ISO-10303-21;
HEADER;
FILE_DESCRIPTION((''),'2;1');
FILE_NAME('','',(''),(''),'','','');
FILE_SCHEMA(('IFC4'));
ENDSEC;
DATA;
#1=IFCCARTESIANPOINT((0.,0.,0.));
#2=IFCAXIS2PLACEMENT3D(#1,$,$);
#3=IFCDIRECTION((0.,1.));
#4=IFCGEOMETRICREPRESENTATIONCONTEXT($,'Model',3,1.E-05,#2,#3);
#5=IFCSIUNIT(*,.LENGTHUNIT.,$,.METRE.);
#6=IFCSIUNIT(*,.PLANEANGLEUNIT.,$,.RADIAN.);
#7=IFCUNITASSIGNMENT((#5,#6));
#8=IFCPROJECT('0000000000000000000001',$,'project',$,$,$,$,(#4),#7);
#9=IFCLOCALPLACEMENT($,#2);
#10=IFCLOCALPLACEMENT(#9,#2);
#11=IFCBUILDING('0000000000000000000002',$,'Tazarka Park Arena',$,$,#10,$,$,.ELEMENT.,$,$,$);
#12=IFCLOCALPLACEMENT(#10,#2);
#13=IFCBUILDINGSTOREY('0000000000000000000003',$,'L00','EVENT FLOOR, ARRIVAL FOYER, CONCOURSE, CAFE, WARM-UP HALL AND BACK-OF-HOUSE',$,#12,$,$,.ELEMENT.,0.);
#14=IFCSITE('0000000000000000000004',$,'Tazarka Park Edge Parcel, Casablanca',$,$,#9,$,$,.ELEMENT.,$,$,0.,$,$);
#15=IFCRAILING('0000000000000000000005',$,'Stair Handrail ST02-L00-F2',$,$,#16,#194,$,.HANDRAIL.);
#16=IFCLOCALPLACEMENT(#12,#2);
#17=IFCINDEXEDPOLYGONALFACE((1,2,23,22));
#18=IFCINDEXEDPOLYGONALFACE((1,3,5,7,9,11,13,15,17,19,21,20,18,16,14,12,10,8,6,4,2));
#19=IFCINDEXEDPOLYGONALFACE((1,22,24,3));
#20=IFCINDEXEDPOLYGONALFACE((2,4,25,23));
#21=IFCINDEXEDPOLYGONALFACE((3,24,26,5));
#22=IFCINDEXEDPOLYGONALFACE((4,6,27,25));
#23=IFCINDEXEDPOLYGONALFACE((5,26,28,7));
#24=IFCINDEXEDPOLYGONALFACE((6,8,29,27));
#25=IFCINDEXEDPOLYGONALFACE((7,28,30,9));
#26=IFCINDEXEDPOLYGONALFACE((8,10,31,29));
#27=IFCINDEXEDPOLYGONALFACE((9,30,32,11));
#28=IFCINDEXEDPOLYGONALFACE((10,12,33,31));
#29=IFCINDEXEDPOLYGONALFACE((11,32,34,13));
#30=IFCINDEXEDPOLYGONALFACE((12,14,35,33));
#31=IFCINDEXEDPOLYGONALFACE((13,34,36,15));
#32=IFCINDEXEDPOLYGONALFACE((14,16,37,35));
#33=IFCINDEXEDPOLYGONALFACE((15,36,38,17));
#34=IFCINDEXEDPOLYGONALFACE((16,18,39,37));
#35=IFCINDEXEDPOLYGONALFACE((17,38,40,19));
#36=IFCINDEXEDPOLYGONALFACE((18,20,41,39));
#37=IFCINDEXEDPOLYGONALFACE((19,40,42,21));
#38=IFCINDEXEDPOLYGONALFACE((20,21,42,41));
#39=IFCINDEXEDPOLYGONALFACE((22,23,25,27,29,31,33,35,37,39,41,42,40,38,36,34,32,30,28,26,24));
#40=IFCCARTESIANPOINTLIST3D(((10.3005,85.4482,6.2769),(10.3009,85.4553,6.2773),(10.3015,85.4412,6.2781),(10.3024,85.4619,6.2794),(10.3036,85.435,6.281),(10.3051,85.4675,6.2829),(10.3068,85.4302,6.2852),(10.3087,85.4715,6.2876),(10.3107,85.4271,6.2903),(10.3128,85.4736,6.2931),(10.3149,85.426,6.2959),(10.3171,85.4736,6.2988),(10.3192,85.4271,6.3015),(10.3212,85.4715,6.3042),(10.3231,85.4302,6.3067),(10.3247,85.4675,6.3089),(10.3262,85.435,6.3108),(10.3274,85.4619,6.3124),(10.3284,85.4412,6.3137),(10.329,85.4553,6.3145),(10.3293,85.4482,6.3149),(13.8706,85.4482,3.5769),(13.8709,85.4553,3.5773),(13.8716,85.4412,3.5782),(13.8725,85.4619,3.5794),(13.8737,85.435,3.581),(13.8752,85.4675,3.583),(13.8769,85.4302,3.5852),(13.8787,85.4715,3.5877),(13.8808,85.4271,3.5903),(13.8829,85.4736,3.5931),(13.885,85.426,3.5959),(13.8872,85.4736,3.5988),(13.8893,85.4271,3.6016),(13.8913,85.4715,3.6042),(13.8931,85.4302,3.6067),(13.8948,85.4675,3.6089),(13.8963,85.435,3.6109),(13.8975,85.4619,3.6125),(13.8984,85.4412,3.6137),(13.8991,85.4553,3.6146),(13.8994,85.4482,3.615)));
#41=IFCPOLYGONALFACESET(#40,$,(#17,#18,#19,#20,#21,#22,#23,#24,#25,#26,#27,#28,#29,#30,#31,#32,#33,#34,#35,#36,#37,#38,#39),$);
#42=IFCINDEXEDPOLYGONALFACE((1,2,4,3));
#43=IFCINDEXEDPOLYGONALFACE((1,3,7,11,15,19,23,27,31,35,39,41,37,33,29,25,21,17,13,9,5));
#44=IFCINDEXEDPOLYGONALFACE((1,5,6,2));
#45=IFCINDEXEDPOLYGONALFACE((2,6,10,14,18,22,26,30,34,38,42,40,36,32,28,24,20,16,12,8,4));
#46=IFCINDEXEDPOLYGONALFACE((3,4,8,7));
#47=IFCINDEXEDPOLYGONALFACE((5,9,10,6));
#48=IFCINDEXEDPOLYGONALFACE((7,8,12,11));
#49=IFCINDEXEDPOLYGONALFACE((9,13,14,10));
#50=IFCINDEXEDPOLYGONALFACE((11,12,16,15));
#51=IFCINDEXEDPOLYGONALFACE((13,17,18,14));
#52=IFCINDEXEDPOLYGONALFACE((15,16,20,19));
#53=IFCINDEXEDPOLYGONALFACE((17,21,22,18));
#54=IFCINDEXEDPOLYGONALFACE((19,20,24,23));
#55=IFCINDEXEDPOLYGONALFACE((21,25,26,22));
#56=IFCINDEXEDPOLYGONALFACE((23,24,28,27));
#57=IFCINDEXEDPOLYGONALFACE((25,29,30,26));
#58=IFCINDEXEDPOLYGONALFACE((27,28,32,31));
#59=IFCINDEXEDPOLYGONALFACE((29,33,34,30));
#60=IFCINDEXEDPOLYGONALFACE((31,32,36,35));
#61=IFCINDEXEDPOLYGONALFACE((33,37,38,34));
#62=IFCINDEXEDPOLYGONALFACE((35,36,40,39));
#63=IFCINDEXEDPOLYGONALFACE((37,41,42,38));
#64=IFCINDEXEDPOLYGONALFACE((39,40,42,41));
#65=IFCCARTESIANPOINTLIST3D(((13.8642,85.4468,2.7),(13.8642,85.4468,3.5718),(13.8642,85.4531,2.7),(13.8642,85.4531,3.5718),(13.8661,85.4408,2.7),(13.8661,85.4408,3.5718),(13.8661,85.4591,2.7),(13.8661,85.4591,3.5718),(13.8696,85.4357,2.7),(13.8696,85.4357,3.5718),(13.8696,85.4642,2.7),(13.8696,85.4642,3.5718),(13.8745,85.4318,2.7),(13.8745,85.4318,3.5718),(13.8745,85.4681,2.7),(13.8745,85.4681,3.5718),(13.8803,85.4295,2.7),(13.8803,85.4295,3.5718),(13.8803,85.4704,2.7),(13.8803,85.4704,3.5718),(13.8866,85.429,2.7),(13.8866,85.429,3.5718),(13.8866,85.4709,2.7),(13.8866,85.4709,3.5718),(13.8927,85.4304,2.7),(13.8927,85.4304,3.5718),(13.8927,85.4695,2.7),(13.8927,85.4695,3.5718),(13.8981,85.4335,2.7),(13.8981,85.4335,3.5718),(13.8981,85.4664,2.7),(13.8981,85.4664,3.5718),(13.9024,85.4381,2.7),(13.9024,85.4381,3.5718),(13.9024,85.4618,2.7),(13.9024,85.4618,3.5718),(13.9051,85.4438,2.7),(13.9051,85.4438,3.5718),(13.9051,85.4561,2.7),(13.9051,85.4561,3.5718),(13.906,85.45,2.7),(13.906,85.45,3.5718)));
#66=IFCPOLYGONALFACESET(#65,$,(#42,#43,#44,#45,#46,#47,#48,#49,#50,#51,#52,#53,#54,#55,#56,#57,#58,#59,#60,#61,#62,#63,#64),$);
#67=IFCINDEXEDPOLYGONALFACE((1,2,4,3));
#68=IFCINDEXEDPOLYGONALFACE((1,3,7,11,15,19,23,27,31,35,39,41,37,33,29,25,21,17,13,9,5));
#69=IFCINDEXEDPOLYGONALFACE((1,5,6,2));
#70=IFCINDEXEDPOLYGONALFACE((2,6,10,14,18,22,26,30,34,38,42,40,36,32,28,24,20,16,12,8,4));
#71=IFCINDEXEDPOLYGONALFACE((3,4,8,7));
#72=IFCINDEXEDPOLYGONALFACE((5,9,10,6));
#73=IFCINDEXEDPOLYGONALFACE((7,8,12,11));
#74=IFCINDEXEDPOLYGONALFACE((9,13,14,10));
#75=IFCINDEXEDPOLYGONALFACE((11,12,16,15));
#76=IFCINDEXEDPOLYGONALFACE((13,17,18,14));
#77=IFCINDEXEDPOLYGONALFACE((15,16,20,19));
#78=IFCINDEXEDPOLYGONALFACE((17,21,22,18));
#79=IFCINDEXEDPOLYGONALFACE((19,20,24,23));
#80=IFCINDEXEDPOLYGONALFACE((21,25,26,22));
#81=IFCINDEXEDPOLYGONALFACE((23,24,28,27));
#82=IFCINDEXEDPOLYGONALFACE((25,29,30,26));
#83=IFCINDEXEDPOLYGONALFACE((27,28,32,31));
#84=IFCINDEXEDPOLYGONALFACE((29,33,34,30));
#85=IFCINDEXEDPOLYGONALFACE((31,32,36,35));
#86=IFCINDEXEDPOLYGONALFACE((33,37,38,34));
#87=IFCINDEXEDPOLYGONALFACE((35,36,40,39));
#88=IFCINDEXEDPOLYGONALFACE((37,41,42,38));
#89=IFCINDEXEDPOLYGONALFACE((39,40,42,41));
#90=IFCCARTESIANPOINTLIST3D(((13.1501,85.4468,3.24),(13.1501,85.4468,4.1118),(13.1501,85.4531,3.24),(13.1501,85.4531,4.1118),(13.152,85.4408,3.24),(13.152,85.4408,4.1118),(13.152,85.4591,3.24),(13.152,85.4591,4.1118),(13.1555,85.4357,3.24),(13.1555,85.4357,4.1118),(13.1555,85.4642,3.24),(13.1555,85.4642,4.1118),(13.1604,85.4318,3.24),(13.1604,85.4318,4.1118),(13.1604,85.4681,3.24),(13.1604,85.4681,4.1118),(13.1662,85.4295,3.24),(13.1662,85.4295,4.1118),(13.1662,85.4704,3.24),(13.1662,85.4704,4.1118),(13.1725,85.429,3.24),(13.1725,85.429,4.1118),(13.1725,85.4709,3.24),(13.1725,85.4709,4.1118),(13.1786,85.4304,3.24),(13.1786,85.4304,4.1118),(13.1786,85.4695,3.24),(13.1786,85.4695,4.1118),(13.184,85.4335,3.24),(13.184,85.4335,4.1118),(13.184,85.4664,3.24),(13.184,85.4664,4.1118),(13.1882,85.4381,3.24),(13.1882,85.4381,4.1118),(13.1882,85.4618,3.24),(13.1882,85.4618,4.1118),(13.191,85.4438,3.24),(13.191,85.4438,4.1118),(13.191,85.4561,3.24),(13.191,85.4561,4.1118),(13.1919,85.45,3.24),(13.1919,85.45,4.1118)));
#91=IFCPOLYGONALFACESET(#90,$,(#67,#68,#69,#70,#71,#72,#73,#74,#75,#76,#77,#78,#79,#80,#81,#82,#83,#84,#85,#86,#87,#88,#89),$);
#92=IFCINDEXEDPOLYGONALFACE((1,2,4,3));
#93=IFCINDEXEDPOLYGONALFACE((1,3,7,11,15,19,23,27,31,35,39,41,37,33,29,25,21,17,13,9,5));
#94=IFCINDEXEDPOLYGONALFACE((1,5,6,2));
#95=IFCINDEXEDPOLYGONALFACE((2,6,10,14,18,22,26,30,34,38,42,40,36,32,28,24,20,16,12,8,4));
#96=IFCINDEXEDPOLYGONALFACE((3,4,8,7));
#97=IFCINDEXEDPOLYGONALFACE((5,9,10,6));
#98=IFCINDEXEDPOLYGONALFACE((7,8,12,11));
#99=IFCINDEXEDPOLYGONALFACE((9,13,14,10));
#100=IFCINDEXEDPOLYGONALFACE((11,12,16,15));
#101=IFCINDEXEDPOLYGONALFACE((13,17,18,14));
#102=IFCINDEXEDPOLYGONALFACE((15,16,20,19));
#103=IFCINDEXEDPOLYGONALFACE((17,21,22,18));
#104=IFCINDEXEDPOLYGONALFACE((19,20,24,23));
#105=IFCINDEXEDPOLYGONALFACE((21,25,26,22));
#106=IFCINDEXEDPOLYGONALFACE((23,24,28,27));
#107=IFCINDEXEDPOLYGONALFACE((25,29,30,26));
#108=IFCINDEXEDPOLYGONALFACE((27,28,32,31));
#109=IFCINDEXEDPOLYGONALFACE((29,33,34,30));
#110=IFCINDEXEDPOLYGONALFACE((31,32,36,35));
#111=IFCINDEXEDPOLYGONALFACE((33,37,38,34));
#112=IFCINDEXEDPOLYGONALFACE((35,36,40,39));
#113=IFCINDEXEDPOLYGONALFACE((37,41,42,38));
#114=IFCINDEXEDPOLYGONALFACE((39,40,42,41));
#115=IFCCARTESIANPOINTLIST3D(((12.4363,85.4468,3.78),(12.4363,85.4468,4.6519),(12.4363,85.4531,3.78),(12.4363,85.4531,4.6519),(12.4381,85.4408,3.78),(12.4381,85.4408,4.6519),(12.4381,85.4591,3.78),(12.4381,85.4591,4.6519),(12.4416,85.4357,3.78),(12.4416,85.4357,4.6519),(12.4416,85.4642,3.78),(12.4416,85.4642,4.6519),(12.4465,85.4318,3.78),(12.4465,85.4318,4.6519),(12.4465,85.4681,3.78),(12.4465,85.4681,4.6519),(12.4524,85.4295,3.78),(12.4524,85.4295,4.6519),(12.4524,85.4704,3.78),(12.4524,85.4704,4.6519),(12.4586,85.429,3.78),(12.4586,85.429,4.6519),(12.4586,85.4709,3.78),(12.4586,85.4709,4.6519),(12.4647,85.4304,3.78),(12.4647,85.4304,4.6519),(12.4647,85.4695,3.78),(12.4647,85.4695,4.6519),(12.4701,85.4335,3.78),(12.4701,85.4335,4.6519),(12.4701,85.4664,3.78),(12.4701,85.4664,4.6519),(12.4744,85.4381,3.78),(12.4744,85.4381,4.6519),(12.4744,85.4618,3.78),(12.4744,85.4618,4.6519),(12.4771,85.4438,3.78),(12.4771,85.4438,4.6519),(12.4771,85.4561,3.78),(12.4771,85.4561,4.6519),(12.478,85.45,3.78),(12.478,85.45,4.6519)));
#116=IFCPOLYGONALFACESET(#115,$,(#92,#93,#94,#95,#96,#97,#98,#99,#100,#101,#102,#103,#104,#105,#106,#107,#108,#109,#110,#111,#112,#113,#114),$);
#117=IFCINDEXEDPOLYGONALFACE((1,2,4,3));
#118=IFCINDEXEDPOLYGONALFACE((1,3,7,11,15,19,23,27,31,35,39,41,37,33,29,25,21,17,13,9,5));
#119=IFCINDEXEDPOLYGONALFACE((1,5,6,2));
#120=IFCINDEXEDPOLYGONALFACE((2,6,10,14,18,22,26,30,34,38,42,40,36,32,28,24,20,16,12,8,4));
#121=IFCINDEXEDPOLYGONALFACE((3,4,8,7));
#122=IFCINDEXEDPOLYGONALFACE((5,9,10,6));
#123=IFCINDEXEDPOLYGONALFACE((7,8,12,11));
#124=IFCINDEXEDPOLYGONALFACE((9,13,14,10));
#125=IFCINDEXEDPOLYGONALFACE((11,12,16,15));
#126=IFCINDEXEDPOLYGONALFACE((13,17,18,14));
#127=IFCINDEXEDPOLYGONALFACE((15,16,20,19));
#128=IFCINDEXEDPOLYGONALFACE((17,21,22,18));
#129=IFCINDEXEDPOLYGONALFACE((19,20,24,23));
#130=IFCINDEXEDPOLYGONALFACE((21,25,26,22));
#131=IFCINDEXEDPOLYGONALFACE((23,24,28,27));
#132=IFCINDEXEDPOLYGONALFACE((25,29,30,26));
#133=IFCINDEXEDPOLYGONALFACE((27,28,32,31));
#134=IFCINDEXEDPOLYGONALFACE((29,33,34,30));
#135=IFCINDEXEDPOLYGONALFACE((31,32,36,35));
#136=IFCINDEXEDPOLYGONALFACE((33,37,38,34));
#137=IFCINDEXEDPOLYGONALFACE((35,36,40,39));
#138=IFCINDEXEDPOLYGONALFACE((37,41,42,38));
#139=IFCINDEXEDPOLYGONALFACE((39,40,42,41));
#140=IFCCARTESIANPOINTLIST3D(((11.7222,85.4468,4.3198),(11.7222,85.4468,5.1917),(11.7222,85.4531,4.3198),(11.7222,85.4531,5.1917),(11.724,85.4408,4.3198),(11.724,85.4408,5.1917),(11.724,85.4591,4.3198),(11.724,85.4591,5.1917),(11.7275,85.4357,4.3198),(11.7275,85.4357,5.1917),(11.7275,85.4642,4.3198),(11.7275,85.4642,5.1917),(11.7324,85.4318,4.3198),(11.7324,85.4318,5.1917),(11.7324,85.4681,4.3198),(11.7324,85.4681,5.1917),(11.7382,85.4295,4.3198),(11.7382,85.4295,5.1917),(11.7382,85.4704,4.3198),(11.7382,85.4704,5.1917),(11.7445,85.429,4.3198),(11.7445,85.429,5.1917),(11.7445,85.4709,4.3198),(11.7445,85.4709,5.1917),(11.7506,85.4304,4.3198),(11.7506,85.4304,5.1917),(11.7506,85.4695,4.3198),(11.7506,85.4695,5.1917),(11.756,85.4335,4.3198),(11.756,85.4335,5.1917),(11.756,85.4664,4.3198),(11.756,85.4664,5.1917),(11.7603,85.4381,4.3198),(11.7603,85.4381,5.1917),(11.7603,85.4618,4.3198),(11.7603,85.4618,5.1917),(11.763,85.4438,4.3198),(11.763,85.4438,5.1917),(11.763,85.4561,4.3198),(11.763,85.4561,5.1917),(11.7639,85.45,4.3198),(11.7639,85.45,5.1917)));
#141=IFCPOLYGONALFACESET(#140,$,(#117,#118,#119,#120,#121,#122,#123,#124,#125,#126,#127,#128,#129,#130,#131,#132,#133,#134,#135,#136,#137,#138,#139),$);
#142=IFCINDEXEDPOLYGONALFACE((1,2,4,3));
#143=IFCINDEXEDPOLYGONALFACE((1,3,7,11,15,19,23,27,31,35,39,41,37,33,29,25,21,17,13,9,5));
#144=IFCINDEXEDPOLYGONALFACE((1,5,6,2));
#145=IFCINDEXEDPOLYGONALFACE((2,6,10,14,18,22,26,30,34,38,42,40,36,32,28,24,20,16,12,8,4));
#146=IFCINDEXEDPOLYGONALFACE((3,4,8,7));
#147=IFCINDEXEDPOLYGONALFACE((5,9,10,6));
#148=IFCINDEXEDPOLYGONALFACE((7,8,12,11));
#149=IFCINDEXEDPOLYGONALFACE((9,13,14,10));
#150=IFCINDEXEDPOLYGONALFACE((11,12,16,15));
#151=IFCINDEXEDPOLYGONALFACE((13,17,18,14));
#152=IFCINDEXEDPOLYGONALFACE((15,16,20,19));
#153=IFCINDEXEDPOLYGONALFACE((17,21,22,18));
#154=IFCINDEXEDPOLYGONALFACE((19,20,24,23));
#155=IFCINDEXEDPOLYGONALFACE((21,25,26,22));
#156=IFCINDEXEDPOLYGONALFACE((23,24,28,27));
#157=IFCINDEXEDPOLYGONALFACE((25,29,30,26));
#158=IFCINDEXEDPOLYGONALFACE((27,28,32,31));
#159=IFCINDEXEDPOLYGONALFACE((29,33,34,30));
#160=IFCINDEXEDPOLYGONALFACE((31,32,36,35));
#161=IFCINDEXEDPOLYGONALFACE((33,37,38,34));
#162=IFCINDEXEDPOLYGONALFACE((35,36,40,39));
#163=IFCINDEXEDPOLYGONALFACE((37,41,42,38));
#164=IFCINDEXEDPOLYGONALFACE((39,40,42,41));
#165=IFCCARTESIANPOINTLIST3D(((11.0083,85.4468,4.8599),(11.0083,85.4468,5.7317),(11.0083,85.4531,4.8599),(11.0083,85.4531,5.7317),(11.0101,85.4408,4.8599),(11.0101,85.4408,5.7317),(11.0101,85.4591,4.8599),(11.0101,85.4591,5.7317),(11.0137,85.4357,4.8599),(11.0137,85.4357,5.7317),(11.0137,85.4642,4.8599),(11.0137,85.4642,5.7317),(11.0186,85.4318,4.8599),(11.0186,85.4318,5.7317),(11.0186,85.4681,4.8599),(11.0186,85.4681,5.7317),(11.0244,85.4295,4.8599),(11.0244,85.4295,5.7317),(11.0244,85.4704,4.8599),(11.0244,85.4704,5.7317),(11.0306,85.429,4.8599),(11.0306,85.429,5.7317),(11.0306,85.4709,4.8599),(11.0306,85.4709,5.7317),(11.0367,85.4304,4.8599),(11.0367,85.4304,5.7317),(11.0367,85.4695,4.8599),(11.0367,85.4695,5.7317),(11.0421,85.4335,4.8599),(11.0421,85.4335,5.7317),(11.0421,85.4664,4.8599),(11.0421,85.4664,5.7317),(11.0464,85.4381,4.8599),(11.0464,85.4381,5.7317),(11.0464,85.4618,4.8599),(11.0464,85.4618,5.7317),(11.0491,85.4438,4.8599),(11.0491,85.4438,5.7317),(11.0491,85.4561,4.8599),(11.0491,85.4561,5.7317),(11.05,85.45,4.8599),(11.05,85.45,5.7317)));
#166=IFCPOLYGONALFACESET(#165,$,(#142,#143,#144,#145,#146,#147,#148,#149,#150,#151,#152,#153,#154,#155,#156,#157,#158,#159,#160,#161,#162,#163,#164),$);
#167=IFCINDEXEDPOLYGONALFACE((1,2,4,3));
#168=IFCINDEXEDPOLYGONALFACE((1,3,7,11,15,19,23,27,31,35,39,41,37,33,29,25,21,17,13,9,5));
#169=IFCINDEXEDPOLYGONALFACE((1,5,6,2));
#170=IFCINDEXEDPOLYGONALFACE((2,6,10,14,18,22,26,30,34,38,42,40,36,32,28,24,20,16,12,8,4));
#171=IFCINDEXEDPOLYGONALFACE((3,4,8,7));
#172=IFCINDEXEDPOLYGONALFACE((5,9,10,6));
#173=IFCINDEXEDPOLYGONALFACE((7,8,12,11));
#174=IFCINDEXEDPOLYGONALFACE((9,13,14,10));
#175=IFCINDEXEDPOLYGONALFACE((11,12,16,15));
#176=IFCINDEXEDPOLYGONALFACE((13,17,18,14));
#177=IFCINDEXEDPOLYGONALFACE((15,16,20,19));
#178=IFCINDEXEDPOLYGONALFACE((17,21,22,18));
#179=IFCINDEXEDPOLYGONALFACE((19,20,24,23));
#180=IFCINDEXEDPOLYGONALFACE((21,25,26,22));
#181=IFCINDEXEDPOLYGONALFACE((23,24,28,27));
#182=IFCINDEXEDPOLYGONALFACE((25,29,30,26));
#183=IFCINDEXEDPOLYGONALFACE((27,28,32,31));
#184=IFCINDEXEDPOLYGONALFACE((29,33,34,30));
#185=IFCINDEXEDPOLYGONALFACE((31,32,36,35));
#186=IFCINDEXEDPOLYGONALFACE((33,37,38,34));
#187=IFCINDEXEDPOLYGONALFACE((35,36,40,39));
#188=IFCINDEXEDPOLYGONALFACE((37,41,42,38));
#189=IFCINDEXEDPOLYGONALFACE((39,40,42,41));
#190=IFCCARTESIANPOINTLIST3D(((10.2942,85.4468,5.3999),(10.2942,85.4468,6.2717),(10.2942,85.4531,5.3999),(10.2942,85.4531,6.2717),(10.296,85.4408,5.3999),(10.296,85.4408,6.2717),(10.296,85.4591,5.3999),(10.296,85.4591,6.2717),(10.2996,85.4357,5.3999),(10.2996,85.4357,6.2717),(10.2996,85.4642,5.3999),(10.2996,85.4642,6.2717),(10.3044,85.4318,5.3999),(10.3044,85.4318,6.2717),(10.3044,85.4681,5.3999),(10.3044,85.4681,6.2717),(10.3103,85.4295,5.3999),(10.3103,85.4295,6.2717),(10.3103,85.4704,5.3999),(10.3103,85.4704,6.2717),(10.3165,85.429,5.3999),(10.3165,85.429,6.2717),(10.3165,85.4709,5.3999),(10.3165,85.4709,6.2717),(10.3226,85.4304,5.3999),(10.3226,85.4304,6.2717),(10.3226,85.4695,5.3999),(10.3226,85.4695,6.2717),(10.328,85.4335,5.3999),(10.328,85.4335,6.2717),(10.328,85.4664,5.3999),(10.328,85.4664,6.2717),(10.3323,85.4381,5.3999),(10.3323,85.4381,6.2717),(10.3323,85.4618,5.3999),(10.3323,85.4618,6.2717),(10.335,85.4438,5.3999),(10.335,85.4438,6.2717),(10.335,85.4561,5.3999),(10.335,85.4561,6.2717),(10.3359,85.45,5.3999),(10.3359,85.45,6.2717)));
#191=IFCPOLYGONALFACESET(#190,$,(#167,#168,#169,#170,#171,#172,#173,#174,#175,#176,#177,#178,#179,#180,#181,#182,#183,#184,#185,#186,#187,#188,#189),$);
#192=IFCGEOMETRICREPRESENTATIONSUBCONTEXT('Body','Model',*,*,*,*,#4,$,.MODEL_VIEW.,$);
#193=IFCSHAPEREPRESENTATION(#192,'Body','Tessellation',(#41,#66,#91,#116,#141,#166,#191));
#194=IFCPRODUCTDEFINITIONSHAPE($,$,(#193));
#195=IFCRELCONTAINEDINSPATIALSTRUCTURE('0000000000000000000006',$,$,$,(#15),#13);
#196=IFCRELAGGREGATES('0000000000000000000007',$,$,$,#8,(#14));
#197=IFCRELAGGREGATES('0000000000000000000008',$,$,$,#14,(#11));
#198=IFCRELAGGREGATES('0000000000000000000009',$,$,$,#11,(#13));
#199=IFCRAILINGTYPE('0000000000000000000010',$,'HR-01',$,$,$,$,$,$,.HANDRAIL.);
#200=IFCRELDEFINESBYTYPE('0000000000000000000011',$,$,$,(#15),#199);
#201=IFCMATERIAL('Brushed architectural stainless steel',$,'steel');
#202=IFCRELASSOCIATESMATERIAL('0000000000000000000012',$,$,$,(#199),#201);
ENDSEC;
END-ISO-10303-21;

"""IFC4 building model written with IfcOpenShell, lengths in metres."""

from ifc_helpers import new_model, si_unit, direction, frame, origin, origin_2d, place, context, subcontext, project, spatial, circle, extrude, material, type_object, element, save


model = new_model("IFC4")

# Units and contexts
model_context = context("Model", 3, precision=1e-05, world=origin(), true_north=direction((0.0, 1.0)))
body_context = subcontext(model_context, "Body", "Model", "MODEL_VIEW")
ifc_project = project(units=[si_unit("LENGTHUNIT", "METRE"), si_unit("PLANEANGLEUNIT", "RADIAN")], contexts=[model_context])

# Site, building, storey
site_placement = place(None, origin())
site = spatial("IfcSite", under=ifc_project, at=site_placement, Name="Tazarka Park Edge Parcel, Casablanca", CompositionType="ELEMENT", RefElevation=0.0)
building_placement = place(site_placement, origin())
building = spatial("IfcBuilding", under=site, at=building_placement, Name="Tazarka Park Arena", CompositionType="ELEMENT")
storey_placement = place(building_placement, origin())
storey = spatial("IfcBuildingStorey", under=building, at=storey_placement, Name="L00", Description="EVENT FLOOR, ARRIVAL FOYER, CONCOURSE, CAFE, WARM-UP HALL AND BACK-OF-HOUSE", CompositionType="ELEMENT", Elevation=0.0)

# Railing
ifc_material_1 = material(Name="Brushed architectural stainless steel", Category="steel")
railing_type = type_object("IfcRailingType", Name="HR-01", PredefinedType="HANDRAIL", material=ifc_material_1)
railing_1_placement = place(storey_placement, frame((13.885, 85.45, 2.7)))
element("IfcRailing", 1, at=railing_1_placement, inside=storey, type_object=railing_type, Name="Stair Handrail ST02-L00-F2", PredefinedType="HANDRAIL", context=body_context, shape_type="SweptSolid", body=[
    extrude(circle(Radius=0.0239, at=origin_2d()), frame((0.0, 0.0, 0.896), z_axis=(-0.797591, 0.0, 0.603198), x_axis=(0.0, -1.0, 0.0)), (0.0, 0.0, 1.0), 4.4761),
    extrude(circle(Radius=0.021, at=origin_2d()), origin(), (0.0, 0.0, 1.0), 0.8718),
    extrude(circle(Radius=0.021, at=origin_2d()), frame((-0.7141, 0.0, 0.54)), (0.0, 0.0, 1.0), 0.8718),
    extrude(circle(Radius=0.021, at=origin_2d()), frame((-1.428, 0.0, 1.0801)), (0.0, 0.0, 1.0), 0.8718),
    extrude(circle(Radius=0.021, at=origin_2d()), frame((-2.1421, 0.0, 1.6199)), (0.0, 0.0, 1.0), 0.8718),
    extrude(circle(Radius=0.021, at=origin_2d()), frame((-2.856, 0.0, 2.1599)), (0.0, 0.0, 1.0), 0.8718),
    extrude(circle(Radius=0.021, at=origin_2d()), frame((-3.5701, 0.0, 2.7)), (0.0, 0.0, 1.0), 0.8718),
])

save(model, "model.ifc")
